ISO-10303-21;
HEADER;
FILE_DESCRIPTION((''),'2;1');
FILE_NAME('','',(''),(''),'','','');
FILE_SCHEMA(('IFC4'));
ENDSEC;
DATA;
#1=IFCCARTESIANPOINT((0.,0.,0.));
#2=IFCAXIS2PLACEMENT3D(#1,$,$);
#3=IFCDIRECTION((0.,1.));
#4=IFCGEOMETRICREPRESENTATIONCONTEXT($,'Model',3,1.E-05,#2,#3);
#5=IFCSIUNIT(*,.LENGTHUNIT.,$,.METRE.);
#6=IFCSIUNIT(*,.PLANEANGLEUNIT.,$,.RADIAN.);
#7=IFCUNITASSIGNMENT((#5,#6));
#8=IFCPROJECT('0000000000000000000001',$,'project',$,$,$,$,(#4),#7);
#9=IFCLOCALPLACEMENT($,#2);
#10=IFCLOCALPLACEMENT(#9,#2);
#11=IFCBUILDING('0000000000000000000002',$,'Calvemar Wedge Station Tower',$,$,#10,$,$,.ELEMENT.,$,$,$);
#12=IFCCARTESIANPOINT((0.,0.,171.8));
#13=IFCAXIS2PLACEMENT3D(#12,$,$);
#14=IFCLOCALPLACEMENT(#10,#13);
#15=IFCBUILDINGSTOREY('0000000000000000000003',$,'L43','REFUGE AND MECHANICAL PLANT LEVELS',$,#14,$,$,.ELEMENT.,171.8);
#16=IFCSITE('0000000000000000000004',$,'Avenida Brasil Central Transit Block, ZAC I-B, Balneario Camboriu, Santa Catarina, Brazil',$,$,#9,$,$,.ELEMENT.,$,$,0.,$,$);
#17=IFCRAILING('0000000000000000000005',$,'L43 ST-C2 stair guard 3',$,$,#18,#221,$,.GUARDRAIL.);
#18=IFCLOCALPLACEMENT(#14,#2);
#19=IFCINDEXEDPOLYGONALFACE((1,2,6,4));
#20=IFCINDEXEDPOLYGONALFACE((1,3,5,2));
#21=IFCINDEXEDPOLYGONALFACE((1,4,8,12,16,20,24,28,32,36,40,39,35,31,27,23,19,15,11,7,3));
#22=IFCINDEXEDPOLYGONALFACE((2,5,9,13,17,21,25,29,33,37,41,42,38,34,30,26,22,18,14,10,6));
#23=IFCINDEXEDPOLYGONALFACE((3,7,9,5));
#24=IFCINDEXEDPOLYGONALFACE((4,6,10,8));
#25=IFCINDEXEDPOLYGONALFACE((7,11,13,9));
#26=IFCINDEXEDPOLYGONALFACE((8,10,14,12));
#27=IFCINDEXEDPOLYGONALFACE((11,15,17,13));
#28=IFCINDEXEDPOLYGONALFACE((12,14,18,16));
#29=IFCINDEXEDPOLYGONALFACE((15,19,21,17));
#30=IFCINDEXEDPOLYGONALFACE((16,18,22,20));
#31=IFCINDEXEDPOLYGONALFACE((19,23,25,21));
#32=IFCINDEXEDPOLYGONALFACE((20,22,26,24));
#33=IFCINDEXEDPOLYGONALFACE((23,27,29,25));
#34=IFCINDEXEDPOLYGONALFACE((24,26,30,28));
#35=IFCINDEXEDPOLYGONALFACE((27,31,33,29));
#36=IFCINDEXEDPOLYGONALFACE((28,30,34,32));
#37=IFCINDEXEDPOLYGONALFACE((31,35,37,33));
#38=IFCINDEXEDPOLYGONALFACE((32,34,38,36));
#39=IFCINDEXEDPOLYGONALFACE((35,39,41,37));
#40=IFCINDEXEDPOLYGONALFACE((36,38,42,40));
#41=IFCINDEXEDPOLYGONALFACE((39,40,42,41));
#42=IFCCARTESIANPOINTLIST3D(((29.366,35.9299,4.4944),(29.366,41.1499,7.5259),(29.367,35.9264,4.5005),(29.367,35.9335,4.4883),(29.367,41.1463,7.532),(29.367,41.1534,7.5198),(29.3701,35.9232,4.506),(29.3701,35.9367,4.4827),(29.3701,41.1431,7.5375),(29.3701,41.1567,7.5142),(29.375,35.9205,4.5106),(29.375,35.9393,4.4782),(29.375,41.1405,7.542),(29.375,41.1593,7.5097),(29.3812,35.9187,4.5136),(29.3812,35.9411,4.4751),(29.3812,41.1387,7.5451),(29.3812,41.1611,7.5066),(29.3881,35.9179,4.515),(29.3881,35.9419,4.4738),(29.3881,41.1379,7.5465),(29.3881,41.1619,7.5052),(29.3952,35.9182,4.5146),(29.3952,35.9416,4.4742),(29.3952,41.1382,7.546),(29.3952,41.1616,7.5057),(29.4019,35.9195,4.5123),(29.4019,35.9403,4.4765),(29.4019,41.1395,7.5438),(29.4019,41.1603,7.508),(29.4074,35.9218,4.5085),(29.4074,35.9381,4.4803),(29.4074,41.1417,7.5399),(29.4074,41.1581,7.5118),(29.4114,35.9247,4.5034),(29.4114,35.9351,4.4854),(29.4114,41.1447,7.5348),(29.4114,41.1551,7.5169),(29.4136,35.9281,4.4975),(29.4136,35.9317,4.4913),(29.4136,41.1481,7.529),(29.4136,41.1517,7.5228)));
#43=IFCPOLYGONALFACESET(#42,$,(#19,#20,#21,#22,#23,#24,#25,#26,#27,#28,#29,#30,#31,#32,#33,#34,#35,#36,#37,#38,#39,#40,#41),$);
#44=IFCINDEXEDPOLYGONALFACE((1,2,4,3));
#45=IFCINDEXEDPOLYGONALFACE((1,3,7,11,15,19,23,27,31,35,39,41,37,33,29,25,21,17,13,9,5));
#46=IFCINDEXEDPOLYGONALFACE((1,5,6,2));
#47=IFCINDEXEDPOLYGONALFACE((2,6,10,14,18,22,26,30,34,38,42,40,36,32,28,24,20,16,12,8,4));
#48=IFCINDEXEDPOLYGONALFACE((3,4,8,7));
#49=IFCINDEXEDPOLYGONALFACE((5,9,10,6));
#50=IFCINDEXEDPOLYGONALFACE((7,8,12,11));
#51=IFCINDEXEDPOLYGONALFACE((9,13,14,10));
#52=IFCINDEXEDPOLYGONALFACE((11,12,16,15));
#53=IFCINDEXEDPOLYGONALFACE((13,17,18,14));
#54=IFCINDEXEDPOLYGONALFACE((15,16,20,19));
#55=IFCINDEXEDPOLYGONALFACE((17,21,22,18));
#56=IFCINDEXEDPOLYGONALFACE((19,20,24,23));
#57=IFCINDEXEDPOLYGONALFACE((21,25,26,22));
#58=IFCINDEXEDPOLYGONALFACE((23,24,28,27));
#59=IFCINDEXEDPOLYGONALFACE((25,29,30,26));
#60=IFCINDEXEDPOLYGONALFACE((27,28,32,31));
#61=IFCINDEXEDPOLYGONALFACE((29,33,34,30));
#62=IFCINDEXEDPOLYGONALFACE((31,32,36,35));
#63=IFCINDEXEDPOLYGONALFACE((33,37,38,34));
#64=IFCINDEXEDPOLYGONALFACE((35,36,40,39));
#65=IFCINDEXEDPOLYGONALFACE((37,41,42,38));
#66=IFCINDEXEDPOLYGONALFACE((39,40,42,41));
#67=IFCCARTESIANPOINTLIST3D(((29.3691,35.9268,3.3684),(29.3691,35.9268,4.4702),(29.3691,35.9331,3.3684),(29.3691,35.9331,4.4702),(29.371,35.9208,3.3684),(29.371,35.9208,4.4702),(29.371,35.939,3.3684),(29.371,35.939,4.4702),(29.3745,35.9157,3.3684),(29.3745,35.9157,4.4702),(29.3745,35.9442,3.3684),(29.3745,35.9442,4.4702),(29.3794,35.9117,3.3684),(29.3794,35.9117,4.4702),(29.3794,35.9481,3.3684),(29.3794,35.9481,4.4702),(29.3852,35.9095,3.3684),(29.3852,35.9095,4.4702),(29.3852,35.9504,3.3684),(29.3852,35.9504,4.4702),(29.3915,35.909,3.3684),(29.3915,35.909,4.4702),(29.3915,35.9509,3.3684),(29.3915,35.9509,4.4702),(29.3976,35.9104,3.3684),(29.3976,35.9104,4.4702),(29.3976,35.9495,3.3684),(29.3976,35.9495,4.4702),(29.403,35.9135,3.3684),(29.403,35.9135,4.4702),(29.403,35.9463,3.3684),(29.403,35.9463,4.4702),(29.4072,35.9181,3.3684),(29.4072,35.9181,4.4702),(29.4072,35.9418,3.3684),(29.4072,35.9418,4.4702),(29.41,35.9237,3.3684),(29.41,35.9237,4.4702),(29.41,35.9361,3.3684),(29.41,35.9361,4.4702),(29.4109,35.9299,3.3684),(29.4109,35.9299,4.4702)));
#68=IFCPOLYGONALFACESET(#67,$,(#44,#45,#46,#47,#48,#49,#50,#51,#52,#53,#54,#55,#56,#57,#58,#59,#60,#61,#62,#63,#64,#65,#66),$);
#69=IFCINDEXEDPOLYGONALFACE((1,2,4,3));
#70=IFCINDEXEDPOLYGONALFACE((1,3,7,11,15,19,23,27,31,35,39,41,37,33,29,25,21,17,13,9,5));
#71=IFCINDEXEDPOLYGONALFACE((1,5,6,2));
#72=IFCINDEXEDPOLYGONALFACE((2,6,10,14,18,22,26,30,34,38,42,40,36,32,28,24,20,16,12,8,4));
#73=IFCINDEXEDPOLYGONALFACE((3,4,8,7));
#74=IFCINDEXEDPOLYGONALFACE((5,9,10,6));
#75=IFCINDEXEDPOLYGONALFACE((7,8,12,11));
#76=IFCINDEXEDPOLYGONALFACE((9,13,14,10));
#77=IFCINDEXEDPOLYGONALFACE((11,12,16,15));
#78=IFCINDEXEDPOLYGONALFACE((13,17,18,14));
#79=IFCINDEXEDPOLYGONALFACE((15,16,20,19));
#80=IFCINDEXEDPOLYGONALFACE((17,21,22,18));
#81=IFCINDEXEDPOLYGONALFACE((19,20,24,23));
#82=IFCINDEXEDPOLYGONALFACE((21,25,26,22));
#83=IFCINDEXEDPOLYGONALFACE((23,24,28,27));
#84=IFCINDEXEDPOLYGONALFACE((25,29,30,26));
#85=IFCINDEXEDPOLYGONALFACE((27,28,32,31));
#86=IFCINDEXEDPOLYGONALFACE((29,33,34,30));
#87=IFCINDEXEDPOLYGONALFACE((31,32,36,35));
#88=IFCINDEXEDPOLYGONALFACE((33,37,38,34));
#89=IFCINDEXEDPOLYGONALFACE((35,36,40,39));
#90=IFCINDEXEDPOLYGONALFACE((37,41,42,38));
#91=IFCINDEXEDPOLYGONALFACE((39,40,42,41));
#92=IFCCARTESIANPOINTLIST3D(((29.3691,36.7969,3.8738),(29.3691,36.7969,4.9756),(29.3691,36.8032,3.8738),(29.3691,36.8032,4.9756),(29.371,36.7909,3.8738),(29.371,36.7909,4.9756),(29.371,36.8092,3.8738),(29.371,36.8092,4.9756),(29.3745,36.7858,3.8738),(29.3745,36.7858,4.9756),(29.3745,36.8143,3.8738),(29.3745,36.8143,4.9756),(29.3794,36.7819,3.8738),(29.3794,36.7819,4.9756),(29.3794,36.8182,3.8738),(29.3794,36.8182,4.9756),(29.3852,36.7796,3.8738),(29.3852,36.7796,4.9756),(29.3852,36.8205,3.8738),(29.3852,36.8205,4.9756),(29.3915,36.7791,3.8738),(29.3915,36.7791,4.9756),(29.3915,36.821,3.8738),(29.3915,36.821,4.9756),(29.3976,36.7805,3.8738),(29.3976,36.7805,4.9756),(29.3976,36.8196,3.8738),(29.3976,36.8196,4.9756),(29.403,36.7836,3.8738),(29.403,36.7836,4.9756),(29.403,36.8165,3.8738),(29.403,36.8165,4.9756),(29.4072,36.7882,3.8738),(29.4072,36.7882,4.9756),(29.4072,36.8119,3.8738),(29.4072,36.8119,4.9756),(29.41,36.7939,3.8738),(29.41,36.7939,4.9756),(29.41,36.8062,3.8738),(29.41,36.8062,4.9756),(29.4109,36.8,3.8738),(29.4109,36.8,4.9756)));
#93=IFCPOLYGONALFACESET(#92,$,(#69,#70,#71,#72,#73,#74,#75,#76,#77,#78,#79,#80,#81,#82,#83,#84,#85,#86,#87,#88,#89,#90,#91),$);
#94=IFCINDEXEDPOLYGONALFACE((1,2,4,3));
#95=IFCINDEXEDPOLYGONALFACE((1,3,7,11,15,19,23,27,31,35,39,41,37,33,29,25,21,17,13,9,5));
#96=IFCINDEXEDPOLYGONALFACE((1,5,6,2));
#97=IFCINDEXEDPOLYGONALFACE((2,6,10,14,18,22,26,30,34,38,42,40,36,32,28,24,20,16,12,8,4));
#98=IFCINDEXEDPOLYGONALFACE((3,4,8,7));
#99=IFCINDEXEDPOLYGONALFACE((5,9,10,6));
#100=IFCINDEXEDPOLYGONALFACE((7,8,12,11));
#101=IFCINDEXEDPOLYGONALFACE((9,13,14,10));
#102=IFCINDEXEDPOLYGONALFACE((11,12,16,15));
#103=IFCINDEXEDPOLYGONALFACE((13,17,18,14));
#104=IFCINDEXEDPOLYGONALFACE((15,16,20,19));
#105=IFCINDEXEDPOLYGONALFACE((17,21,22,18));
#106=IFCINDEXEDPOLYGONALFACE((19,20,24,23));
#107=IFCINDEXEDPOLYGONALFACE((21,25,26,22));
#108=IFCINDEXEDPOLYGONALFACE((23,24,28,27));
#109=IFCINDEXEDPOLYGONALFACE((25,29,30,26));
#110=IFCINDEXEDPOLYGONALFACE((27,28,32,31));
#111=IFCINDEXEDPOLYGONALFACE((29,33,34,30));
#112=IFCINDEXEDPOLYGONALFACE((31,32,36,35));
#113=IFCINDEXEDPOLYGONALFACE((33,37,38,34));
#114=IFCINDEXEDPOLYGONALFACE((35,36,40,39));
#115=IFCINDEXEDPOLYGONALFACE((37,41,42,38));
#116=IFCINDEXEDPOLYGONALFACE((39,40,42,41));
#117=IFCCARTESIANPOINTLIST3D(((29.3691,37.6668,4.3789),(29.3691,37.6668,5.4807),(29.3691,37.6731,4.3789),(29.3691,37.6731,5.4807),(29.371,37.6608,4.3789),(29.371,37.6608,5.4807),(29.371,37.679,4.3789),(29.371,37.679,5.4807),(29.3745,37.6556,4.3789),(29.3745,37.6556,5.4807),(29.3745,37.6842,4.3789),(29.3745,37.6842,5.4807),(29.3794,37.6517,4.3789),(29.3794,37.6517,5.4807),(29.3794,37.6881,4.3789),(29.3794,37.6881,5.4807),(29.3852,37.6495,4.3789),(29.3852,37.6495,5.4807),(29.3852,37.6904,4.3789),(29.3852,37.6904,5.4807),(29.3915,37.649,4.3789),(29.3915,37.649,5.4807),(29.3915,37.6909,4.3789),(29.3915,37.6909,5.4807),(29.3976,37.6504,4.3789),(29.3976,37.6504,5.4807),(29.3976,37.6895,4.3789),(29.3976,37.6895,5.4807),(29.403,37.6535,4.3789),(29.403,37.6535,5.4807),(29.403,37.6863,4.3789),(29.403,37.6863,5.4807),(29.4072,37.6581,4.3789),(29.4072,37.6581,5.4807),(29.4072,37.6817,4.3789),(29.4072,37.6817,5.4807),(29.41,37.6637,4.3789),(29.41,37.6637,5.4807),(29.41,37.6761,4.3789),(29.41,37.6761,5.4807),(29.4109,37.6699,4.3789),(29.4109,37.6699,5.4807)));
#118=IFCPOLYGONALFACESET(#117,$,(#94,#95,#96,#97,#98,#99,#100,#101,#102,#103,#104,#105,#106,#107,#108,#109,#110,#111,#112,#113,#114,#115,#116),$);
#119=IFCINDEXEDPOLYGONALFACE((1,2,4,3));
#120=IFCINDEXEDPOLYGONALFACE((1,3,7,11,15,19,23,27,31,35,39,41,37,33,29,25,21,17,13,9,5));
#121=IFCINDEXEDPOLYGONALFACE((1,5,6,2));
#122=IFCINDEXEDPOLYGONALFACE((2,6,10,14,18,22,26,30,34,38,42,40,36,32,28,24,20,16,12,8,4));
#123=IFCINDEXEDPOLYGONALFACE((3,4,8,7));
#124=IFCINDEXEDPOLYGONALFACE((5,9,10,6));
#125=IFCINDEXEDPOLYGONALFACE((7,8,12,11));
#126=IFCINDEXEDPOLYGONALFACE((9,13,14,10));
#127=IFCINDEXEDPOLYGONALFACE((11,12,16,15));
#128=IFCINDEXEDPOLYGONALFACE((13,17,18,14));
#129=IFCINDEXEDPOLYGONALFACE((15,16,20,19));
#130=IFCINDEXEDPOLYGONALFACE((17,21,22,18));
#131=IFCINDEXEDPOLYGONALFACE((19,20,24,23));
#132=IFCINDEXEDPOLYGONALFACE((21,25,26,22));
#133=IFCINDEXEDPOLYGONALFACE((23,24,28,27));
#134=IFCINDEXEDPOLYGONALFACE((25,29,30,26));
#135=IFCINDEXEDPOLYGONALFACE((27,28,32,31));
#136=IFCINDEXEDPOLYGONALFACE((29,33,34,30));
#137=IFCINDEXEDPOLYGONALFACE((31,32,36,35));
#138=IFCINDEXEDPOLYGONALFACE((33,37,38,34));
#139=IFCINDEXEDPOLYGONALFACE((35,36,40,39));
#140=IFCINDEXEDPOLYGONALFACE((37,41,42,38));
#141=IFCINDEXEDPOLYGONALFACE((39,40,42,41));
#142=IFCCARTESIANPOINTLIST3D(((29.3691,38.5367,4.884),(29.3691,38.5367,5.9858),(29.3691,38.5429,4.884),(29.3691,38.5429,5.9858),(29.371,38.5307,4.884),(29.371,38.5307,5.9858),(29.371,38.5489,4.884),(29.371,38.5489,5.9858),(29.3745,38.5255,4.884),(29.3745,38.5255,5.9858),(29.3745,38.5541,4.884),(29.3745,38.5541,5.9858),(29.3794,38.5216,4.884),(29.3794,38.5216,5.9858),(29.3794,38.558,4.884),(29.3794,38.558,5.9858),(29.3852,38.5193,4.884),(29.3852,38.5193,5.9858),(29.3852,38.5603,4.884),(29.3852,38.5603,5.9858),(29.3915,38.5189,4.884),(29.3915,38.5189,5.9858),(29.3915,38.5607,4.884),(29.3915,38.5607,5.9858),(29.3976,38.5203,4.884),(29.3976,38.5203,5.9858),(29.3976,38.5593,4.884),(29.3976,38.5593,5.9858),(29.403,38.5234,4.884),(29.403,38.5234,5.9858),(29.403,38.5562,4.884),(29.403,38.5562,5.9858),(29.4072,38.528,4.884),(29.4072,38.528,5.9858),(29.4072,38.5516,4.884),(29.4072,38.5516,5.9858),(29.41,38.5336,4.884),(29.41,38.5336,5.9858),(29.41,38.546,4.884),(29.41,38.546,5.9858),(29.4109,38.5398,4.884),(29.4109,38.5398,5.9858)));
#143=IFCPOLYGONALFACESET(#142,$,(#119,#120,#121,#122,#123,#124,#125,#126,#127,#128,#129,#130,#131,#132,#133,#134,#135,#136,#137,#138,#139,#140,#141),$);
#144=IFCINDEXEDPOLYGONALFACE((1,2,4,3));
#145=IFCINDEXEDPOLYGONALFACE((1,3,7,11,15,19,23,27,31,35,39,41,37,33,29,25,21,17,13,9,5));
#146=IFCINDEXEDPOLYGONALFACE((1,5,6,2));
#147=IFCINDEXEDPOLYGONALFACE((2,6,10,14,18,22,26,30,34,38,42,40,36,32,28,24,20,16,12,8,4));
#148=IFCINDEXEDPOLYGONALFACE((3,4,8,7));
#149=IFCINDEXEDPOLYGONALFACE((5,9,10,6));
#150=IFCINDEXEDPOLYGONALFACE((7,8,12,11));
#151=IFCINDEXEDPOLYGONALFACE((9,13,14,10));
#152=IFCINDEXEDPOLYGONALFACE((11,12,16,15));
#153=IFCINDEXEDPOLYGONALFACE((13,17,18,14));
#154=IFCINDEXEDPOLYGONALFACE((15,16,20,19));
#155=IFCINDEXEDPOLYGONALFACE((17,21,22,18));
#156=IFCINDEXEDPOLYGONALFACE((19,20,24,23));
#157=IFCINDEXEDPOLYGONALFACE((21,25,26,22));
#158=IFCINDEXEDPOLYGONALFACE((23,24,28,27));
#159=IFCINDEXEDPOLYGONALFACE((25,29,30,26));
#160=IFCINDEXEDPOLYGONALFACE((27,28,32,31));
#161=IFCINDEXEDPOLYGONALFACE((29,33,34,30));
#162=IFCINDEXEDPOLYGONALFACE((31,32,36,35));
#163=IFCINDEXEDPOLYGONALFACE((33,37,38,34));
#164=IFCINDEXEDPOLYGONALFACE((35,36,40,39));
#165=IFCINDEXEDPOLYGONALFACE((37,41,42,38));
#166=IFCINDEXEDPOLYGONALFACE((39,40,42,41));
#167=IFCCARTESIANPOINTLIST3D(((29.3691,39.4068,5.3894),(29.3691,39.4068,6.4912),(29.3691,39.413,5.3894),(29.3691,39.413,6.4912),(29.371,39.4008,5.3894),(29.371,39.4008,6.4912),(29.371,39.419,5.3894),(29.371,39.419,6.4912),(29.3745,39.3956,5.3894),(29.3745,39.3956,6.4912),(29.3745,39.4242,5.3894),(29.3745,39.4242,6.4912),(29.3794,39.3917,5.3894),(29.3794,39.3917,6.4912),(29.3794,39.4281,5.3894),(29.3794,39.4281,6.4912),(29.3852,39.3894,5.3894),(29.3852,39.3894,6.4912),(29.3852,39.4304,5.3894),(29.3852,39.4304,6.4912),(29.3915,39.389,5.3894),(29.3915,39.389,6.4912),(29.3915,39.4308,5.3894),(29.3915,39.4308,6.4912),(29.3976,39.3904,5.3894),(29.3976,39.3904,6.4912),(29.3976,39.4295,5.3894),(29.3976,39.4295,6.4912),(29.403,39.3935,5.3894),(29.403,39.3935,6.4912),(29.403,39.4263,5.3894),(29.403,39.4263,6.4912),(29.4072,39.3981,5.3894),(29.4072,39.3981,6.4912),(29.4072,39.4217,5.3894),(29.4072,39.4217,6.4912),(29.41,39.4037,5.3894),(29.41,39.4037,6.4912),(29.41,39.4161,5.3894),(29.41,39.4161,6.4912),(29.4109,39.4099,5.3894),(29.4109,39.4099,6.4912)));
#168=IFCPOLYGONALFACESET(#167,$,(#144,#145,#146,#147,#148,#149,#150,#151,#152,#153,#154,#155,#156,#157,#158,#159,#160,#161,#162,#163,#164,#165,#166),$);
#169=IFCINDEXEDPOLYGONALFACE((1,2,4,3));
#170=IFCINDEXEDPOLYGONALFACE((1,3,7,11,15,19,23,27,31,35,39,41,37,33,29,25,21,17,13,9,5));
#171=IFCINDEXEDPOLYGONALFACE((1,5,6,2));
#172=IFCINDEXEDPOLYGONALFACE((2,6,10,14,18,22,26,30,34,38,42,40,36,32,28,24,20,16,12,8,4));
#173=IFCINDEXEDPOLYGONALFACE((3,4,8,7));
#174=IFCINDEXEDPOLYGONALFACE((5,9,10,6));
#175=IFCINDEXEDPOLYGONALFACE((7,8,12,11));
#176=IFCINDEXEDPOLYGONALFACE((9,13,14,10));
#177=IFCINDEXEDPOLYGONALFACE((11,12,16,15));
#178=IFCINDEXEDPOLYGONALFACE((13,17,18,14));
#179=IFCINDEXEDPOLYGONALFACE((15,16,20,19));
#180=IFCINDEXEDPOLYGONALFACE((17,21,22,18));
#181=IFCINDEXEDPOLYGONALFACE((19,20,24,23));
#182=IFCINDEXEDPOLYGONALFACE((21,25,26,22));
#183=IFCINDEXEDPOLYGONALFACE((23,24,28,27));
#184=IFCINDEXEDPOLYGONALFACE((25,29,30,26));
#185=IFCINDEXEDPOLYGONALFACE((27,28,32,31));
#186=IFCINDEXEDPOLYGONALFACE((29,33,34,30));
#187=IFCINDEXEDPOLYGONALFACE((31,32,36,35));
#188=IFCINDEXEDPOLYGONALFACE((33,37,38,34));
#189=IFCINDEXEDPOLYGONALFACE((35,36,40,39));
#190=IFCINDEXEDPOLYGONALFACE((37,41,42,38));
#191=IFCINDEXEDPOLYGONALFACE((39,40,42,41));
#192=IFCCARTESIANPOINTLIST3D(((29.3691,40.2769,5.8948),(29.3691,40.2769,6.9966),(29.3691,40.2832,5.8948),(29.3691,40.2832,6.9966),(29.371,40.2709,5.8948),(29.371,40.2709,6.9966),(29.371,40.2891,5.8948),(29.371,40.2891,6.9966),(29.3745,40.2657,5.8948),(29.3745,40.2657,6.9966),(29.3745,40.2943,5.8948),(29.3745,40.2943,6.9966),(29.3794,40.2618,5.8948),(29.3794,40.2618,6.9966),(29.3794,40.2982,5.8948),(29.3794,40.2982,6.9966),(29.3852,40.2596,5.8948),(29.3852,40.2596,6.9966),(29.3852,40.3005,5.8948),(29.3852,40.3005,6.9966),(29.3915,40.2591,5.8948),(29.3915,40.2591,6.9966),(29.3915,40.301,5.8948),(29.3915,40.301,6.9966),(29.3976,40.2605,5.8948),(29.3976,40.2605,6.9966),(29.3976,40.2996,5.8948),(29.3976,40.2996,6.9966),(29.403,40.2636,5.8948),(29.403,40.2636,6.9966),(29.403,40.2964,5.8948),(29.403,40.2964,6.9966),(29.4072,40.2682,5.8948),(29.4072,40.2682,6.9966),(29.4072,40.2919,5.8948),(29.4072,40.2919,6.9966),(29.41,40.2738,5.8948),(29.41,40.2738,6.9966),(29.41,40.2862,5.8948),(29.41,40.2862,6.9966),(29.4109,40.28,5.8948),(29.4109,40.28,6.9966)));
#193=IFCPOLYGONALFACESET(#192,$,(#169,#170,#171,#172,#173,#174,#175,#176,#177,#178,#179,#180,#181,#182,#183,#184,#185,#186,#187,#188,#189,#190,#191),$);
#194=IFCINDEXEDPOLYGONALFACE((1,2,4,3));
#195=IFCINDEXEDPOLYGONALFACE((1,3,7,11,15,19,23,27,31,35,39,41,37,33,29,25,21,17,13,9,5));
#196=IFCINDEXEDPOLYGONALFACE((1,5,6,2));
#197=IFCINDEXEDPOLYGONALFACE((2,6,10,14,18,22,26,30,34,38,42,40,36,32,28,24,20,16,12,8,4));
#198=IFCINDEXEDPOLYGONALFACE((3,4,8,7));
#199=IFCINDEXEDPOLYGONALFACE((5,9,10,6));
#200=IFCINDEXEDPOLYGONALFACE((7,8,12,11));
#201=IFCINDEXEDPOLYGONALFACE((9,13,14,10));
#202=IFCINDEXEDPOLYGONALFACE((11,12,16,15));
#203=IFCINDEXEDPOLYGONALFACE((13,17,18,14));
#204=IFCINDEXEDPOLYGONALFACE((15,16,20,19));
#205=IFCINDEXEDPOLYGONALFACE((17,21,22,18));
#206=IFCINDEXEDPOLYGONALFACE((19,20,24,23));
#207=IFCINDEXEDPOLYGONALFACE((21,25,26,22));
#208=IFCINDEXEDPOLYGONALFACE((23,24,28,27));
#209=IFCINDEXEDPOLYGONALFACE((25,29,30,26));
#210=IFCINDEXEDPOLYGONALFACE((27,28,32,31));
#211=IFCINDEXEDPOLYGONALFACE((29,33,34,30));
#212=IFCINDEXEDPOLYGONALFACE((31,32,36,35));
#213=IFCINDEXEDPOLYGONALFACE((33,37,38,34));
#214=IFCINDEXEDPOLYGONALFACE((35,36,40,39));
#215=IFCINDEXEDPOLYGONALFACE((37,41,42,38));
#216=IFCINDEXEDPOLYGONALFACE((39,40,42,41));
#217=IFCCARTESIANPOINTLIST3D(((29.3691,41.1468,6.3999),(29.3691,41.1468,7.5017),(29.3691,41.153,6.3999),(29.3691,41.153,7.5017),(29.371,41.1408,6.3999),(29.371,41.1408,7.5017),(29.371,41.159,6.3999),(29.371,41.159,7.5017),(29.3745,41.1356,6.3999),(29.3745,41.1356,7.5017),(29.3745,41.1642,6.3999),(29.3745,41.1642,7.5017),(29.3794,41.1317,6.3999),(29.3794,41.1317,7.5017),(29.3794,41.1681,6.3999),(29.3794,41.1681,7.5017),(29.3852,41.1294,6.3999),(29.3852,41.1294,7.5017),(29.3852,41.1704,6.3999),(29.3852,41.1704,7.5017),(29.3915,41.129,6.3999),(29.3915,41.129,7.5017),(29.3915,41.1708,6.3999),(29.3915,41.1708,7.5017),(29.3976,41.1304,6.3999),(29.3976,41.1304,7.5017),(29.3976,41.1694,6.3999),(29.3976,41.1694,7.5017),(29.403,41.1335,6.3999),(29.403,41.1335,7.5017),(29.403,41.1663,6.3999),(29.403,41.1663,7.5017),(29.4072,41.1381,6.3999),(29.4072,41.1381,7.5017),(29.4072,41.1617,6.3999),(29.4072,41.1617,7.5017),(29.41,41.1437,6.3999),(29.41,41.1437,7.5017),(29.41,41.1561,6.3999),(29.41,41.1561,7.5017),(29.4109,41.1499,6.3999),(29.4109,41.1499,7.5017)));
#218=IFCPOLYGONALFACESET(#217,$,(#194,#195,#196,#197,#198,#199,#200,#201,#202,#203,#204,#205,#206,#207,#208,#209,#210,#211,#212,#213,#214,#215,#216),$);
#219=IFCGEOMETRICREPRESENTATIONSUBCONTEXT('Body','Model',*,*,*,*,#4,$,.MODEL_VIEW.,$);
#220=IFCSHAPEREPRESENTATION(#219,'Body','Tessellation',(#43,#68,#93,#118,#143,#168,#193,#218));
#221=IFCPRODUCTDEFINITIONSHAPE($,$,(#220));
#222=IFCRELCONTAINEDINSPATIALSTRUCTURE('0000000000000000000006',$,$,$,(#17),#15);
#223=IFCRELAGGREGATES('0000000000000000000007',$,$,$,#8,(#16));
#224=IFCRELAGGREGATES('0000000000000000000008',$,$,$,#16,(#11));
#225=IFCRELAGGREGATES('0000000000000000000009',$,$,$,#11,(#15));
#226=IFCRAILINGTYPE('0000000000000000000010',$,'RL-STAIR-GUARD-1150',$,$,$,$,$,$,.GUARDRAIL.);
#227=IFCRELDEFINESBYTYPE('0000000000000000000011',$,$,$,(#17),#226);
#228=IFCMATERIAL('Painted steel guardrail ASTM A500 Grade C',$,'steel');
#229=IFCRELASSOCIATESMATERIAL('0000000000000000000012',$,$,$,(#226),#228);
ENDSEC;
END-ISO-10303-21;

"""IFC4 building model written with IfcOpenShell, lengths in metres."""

from ifc_helpers import new_model, si_unit, direction, frame, origin, origin_2d, place, context, subcontext, project, spatial, circle, extrude, material, type_object, element, save


model = new_model("IFC4")

# Units and contexts
model_context = context("Model", 3, precision=1e-05, world=origin(), true_north=direction((0.0, 1.0)))
body_context = subcontext(model_context, "Body", "Model", "MODEL_VIEW")
ifc_project = project(units=[si_unit("LENGTHUNIT", "METRE"), si_unit("PLANEANGLEUNIT", "RADIAN")], contexts=[model_context])

# Site, building, storey
site_placement = place(None, origin())
site = spatial("IfcSite", under=ifc_project, at=site_placement, Name="Avenida Brasil Central Transit Block, ZAC I-B, Balneario Camboriu, Santa Catarina, Brazil", CompositionType="ELEMENT", RefElevation=0.0)
building_placement = place(site_placement, origin())
building = spatial("IfcBuilding", under=site, at=building_placement, Name="Calvemar Wedge Station Tower", CompositionType="ELEMENT")
storey_placement = place(building_placement, frame((0.0, 0.0, 171.8)))
storey = spatial("IfcBuildingStorey", under=building, at=storey_placement, Name="L43", Description="REFUGE AND MECHANICAL PLANT LEVELS", CompositionType="ELEMENT", Elevation=171.8)

# Railing
ifc_material_1 = material(Name="Painted steel guardrail ASTM A500 Grade C", Category="steel")
railing_type_1 = type_object("IfcRailingType", Name="RL-STAIR-GUARD-1150", PredefinedType="GUARDRAIL", material=ifc_material_1)
railing_1_placement = place(storey_placement, frame((29.3899, 35.9299, 3.3684)))
element("IfcRailing", 1, at=railing_1_placement, inside=storey, type_object=railing_type_1, Name="L43 ST-C2 stair guard 3", PredefinedType="GUARDRAIL", context=body_context, shape_type="SweptSolid", body=[
    extrude(circle(Radius=0.0239, at=origin_2d()), frame((0.0, 0.0, 1.126), z_axis=(0.0, 0.86475, 0.502203), x_axis=(-1.0, 0.0, 0.0)), (0.0, 0.0, 1.0), 6.0364),
    extrude(circle(Radius=0.021, at=origin_2d()), origin(), (0.0, 0.0, 1.0), 1.1018),
    extrude(circle(Radius=0.021, at=origin_2d()), frame((0.0, 0.8701, 0.5054)), (0.0, 0.0, 1.0), 1.1018),
    extrude(circle(Radius=0.021, at=origin_2d()), frame((0.0, 1.74, 1.0105)), (0.0, 0.0, 1.0), 1.1018),
    extrude(circle(Radius=0.021, at=origin_2d()), frame((0.0, 2.6099, 1.5156)), (0.0, 0.0, 1.0), 1.1018),
    extrude(circle(Radius=0.021, at=origin_2d()), frame((0.0, 3.48, 2.021)), (0.0, 0.0, 1.0), 1.1018),
    extrude(circle(Radius=0.021, at=origin_2d()), frame((0.0, 4.3501, 2.5264)), (0.0, 0.0, 1.0), 1.1018),
    extrude(circle(Radius=0.021, at=origin_2d()), frame((0.0, 5.22, 3.0315)), (0.0, 0.0, 1.0), 1.1018),
])

save(model, "model.ifc")
